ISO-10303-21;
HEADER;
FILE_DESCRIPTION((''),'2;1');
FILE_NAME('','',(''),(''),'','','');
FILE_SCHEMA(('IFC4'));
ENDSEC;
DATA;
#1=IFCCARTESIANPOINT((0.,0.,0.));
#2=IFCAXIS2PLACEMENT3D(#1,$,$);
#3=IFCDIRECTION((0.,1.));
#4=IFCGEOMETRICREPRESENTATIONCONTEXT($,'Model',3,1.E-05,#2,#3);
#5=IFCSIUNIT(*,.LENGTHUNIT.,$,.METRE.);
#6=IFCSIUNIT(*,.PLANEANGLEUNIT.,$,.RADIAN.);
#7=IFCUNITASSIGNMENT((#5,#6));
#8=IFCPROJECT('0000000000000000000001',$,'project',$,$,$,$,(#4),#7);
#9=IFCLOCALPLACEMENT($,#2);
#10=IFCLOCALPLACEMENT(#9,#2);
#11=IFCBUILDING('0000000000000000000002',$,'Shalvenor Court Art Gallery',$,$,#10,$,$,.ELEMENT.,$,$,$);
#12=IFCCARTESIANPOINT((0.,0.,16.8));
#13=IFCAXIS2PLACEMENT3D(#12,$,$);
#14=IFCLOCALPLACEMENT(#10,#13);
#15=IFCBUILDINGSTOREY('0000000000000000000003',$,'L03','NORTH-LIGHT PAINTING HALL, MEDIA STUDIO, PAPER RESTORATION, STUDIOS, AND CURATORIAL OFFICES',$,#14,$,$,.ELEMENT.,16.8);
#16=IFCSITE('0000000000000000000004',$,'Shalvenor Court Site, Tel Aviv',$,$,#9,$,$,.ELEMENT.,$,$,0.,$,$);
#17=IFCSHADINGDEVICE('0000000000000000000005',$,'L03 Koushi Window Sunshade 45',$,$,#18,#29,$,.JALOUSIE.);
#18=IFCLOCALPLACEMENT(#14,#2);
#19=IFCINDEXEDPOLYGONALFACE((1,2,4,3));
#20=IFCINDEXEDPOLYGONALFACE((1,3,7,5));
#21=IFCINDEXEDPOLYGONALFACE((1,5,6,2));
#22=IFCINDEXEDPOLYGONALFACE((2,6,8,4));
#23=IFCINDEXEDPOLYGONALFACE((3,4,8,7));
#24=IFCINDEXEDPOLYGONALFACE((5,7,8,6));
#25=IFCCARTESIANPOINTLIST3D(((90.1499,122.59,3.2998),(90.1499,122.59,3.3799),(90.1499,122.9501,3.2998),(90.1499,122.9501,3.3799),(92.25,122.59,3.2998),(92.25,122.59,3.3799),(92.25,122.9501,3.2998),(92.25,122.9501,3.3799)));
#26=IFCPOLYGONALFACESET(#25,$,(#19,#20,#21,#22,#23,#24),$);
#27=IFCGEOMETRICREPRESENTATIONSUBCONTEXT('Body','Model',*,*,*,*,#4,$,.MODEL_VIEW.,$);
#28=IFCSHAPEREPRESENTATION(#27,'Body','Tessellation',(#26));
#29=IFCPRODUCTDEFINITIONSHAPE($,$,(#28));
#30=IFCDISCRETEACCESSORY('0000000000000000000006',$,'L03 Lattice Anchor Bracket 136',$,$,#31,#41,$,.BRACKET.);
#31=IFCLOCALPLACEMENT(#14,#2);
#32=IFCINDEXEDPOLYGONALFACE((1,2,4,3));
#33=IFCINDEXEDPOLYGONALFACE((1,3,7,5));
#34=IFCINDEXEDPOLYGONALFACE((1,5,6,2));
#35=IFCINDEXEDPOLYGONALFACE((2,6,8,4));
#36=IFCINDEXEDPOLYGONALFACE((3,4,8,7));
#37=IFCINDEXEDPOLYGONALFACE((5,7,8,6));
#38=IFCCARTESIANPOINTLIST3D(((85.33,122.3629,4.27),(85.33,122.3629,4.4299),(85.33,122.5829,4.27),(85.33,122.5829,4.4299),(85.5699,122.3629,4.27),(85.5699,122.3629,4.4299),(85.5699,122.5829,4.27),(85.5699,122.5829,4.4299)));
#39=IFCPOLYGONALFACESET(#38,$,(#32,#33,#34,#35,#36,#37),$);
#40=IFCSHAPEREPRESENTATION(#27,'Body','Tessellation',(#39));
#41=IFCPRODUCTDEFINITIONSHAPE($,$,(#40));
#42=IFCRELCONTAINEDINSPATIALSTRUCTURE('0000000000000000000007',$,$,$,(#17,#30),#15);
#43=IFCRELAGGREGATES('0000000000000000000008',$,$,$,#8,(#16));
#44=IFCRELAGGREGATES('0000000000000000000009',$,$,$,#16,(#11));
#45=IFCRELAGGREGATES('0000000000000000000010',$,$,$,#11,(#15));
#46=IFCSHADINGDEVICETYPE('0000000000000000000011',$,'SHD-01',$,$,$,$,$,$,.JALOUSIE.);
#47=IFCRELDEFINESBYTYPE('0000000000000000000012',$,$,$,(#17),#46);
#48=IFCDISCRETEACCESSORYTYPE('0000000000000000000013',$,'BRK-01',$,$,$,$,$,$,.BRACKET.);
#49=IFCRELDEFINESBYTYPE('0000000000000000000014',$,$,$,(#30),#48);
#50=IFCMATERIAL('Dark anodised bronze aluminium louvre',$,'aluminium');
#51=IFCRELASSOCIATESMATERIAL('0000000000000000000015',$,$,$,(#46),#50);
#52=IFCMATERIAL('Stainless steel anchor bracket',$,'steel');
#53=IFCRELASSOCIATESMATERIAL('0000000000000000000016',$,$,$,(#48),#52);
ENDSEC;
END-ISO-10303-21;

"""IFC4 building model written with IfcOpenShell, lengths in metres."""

from ifc_helpers import new_model, si_unit, direction, frame, origin, origin_2d, place, context, subcontext, project, spatial, rectangle, extrude, material, type_object, element, save


model = new_model("IFC4")

# Units and contexts
model_context = context("Model", 3, precision=1e-05, world=origin(), true_north=direction((0.0, 1.0)))
body_context = subcontext(model_context, "Body", "Model", "MODEL_VIEW")
ifc_project = project(units=[si_unit("LENGTHUNIT", "METRE"), si_unit("PLANEANGLEUNIT", "RADIAN")], contexts=[model_context])

# Site, building, storey
site_placement = place(None, origin())
site = spatial("IfcSite", under=ifc_project, at=site_placement, Name="Shalvenor Court Site, Tel Aviv", CompositionType="ELEMENT", RefElevation=0.0)
building_placement = place(site_placement, origin())
building = spatial("IfcBuilding", under=site, at=building_placement, Name="Shalvenor Court Art Gallery", CompositionType="ELEMENT")
storey_placement = place(building_placement, frame((0.0, 0.0, 16.8)))
storey = spatial("IfcBuildingStorey", under=building, at=storey_placement, Name="L03", Description="NORTH-LIGHT PAINTING HALL, MEDIA STUDIO, PAPER RESTORATION, STUDIOS, AND CURATORIAL OFFICES", CompositionType="ELEMENT", Elevation=16.8)

# Shading device
ifc_material_1 = material(Name="Dark anodised bronze aluminium louvre", Category="aluminium")
shading_device_type = type_object("IfcShadingDeviceType", Name="SHD-01", PredefinedType="JALOUSIE", material=ifc_material_1)
shading_device_placement = place(storey_placement, frame((91.2, 122.77, 3.2998), z_axis=(0.0, 0.0, 1.0), x_axis=(1.0, 0.0, 0.0)))
element("IfcShadingDevice", 1, at=shading_device_placement, inside=storey, type_object=shading_device_type, Name="L03 Koushi Window Sunshade 45", PredefinedType="JALOUSIE", context=body_context, shape_type="SweptSolid", body=[
    extrude(rectangle(XDim=2.1001, YDim=0.3601, at=origin_2d()), origin(), (0.0, 0.0, 1.0), 0.0801),
])

# Discrete accessory
ifc_material_2 = material(Name="Stainless steel anchor bracket", Category="steel")
discrete_accessory_type = type_object("IfcDiscreteAccessoryType", Name="BRK-01", PredefinedType="BRACKET", material=ifc_material_2)
discrete_accessory_placement = place(storey_placement, frame((85.45, 122.4729, 4.27), z_axis=(0.0, 0.0, 1.0), x_axis=(1.0, 0.0, 0.0)))
element("IfcDiscreteAccessory", 2, at=discrete_accessory_placement, inside=storey, type_object=discrete_accessory_type, Name="L03 Lattice Anchor Bracket 136", PredefinedType="BRACKET", context=body_context, shape_type="SweptSolid", body=[
    extrude(rectangle(XDim=0.24, YDim=0.22, at=origin_2d()), origin(), (0.0, 0.0, 1.0), 0.1599),
])

save(model, "model.ifc")
